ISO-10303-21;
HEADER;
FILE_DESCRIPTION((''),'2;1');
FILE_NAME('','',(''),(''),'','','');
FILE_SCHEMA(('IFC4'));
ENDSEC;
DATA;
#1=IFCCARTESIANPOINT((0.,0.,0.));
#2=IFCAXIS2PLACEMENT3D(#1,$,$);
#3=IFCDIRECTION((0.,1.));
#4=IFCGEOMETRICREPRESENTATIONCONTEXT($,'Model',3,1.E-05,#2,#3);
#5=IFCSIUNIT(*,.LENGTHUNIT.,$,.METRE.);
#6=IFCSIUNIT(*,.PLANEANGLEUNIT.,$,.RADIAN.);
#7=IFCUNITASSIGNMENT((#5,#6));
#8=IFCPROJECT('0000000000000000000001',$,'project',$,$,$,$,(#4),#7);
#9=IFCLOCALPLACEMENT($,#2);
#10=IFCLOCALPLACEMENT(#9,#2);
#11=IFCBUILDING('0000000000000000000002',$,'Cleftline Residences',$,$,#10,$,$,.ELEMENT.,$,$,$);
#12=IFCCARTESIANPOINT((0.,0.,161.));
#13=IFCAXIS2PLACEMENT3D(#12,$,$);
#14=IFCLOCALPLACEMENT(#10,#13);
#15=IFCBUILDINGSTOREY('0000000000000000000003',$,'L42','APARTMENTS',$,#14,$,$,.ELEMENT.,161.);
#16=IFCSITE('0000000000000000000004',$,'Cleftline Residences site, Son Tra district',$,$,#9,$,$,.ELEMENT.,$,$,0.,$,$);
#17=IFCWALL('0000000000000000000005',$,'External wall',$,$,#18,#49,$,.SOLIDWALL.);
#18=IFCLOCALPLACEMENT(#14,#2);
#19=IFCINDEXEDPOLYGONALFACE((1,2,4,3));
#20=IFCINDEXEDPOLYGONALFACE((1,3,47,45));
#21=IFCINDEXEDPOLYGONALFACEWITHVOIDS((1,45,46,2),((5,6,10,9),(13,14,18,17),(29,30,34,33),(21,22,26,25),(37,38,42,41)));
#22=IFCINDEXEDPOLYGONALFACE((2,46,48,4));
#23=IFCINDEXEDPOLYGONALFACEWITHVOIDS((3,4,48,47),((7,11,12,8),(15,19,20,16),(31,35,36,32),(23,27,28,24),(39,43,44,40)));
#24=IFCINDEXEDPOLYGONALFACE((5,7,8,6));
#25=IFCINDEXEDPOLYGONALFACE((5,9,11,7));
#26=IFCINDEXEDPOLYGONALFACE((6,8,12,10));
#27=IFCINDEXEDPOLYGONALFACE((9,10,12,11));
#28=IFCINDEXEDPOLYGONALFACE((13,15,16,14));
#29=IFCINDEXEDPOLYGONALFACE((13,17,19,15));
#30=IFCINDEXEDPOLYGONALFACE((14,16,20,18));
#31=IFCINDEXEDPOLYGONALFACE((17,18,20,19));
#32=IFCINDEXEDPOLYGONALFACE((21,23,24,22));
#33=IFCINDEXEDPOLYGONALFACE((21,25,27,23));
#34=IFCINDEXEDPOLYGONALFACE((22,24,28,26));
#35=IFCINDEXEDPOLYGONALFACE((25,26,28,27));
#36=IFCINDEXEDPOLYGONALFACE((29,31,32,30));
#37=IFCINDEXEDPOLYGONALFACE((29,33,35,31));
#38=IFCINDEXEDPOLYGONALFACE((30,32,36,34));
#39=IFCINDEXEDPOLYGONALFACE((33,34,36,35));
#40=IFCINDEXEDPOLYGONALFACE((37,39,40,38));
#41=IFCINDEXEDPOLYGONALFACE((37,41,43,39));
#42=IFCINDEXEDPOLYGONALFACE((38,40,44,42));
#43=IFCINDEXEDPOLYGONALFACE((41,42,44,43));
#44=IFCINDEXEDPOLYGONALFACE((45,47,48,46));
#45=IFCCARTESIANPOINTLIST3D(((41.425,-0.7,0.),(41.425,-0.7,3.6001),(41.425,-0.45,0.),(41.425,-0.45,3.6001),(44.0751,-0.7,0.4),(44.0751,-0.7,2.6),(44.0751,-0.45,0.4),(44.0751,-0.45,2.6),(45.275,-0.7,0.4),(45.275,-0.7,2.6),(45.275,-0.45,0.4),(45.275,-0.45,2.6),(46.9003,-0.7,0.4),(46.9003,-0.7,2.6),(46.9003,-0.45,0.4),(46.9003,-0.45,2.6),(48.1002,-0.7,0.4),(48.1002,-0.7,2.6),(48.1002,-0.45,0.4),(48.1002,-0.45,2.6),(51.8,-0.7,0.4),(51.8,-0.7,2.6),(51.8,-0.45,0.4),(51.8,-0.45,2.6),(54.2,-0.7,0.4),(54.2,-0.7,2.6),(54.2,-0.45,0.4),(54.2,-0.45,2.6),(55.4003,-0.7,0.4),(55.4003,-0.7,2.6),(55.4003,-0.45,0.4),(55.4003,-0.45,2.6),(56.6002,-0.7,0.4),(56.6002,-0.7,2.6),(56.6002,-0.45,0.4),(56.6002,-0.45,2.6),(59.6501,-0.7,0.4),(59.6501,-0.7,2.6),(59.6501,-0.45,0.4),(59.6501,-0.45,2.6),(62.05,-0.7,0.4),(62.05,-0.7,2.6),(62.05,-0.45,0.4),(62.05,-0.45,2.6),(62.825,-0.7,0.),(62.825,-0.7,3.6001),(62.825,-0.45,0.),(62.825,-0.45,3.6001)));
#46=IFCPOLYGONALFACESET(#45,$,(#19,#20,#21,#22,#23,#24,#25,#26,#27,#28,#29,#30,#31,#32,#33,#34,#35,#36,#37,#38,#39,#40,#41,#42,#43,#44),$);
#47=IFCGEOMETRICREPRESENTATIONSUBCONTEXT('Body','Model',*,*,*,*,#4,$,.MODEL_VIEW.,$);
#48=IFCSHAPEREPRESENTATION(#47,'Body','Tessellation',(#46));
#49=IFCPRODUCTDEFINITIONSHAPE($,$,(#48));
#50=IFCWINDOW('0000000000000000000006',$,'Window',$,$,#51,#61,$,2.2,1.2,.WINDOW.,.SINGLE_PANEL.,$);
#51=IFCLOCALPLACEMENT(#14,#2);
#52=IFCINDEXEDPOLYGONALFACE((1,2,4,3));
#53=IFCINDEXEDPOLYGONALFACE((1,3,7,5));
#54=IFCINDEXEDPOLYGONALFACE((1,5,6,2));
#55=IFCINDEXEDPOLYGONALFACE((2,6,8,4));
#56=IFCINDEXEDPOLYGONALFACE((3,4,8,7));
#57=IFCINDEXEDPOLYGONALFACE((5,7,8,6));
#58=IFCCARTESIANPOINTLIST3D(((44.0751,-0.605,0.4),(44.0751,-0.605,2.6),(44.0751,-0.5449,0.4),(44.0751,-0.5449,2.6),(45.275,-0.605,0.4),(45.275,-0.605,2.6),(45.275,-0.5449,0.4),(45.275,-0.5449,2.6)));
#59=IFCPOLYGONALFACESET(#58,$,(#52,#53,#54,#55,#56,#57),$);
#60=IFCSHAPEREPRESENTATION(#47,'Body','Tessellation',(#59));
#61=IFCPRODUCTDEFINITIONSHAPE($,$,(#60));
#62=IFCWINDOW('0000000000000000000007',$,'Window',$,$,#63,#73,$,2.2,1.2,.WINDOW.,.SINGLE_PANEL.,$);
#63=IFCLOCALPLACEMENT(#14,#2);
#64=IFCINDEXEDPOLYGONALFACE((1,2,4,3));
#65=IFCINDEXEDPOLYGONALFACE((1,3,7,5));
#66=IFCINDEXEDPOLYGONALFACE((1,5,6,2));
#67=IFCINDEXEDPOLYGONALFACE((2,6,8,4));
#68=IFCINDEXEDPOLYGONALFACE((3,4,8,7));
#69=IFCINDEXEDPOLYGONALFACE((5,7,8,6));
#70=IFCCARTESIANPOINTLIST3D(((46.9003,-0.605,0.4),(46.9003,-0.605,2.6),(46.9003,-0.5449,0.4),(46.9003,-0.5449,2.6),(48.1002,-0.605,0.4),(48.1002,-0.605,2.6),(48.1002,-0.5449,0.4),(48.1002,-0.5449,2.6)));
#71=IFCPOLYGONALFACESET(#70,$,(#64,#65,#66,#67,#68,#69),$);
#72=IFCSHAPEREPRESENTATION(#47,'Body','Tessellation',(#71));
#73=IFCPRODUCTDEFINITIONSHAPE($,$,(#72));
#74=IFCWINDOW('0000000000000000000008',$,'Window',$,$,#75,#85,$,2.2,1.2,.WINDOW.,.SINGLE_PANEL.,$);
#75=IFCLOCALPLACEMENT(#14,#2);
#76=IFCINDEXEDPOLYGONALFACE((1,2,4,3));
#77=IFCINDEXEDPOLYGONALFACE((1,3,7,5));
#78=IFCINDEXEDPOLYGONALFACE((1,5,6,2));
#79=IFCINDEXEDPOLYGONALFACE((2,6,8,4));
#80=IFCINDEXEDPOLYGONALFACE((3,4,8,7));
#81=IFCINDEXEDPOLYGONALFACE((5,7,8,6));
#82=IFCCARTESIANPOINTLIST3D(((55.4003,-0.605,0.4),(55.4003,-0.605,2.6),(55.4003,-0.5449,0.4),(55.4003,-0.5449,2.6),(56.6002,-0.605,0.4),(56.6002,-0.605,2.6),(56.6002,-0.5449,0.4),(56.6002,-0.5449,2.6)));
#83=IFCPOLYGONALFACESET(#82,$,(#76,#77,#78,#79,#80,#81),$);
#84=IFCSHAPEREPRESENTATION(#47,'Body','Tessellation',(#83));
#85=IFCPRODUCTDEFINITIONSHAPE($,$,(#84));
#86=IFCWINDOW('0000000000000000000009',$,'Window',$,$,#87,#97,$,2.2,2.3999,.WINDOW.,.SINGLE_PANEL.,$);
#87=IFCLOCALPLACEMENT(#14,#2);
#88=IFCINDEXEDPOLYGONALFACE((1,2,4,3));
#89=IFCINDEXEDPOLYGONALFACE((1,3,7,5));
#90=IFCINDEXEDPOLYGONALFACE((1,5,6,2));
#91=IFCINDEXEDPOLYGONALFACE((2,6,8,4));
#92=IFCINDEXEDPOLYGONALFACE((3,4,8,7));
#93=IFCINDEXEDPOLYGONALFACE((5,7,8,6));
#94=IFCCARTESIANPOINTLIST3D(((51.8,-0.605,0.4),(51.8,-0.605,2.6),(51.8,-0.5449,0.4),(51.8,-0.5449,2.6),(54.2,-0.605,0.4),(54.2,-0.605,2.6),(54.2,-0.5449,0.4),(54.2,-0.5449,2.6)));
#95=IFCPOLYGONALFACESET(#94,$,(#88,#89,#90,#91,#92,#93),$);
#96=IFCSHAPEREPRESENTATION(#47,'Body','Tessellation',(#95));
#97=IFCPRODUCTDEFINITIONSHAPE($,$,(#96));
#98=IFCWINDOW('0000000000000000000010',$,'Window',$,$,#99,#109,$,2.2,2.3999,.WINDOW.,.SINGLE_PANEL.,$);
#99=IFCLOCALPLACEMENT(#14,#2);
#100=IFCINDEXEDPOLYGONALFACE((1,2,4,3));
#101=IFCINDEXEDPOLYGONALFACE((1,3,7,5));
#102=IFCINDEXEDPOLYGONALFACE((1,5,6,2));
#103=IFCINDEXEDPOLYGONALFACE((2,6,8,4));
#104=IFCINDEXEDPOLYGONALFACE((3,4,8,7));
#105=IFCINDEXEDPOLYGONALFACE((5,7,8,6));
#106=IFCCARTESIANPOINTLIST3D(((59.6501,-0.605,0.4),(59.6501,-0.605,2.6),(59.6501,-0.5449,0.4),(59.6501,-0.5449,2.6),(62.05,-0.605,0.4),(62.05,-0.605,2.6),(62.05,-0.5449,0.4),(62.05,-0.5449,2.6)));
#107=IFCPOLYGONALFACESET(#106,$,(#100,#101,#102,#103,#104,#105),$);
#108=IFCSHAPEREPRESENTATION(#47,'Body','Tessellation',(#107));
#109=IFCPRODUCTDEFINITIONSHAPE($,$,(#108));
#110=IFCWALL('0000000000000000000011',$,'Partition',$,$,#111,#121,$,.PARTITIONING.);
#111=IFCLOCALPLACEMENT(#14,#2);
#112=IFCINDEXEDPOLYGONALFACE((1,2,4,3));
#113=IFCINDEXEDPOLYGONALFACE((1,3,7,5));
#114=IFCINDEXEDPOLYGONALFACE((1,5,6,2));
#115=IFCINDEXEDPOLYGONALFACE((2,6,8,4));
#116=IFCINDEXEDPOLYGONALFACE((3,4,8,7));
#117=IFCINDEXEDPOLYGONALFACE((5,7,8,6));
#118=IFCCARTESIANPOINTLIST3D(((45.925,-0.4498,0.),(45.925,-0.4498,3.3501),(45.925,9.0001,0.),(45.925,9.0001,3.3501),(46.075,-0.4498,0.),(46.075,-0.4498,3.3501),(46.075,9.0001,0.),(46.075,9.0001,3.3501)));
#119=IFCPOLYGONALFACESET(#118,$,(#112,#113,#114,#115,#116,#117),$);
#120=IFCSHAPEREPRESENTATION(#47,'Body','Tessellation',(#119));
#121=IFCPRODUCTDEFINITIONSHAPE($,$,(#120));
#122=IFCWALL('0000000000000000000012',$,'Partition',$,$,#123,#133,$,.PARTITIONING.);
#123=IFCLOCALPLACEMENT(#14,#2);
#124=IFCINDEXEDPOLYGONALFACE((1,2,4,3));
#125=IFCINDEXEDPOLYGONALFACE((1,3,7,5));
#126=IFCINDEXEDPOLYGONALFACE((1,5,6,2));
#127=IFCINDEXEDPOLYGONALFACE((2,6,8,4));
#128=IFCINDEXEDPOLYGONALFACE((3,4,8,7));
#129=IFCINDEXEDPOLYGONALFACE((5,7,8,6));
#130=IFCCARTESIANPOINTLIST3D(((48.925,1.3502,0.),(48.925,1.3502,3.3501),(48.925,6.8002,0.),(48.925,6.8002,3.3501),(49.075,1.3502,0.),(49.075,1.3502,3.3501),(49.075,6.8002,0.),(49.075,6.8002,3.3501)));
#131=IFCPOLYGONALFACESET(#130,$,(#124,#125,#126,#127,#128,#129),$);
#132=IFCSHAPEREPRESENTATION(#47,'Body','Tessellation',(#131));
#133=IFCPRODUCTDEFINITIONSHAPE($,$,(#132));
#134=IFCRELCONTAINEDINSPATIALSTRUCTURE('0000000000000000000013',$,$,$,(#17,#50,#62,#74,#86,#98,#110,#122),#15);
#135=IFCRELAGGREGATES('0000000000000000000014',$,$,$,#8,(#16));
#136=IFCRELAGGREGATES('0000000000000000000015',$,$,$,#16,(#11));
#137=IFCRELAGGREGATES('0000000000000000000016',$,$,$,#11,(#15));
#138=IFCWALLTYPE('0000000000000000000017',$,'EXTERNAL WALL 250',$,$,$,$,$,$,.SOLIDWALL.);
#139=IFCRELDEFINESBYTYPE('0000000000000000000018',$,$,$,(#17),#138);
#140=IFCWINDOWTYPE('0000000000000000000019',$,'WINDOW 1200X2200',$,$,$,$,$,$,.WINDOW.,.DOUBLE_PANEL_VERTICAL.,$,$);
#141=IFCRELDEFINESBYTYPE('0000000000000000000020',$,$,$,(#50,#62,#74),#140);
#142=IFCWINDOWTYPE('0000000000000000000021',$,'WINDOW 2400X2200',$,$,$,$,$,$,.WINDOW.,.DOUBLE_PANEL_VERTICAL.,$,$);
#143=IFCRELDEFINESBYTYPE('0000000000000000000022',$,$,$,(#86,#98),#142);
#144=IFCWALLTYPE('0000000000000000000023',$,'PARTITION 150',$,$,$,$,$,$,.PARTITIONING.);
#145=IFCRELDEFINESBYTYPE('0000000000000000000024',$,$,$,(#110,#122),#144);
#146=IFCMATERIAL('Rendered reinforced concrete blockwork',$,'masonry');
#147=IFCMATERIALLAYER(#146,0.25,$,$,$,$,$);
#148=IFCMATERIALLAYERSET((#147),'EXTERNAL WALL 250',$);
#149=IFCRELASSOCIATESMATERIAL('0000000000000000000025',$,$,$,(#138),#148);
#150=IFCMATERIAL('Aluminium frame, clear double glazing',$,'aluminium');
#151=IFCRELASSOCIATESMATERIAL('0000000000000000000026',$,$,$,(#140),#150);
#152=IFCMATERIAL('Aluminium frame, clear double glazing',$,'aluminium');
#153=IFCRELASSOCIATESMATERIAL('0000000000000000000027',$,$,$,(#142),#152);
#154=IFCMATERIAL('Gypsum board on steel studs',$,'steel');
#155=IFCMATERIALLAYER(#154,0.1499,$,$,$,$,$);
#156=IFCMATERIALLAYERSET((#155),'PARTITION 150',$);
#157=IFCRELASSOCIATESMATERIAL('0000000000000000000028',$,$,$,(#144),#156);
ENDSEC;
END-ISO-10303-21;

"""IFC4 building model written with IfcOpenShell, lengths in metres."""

from ifc_helpers import new_model, si_unit, direction, frame, frame_2d, origin, place, context, subcontext, project, spatial, rectangle, extrude, material, layer, layer_set, type_object, element, fill, save


model = new_model("IFC4")

# Units and contexts
model_context = context("Model", 3, precision=1e-05, world=origin(), true_north=direction((0.0, 1.0)))
body_context = subcontext(model_context, "Body", "Model", "MODEL_VIEW")
ifc_project = project(units=[si_unit("LENGTHUNIT", "METRE"), si_unit("PLANEANGLEUNIT", "RADIAN")], contexts=[model_context])

# Site, building, storey
site_placement = place(None, origin())
site = spatial("IfcSite", under=ifc_project, at=site_placement, Name="Cleftline Residences site, Son Tra district", CompositionType="ELEMENT", RefElevation=0.0)
building_placement = place(site_placement, origin())
building = spatial("IfcBuilding", under=site, at=building_placement, Name="Cleftline Residences", CompositionType="ELEMENT")
storey_placement = place(building_placement, frame((0.0, 0.0, 161.0)))
storey = spatial("IfcBuildingStorey", under=building, at=storey_placement, Name="L42", Description="APARTMENTS", CompositionType="ELEMENT", Elevation=161.0)

# Wall, openings, windows
ifc_material_1 = material(Name="Rendered reinforced concrete blockwork", Category="masonry")
ifc_layer_1 = layer(ifc_material_1, 0.25)
ifc_layer_set_1 = layer_set([ifc_layer_1], Name="EXTERNAL WALL 250")
wall_type_1 = type_object("IfcWallType", Name="EXTERNAL WALL 250", PredefinedType="SOLIDWALL", material=ifc_layer_set_1)
wall_1_placement = place(storey_placement, frame((41.425, -0.575, 0.0), z_axis=(0.0, 0.0, 1.0), x_axis=(1.0, 0.0, 0.0)))
wall_1 = element("IfcWall", 1, at=wall_1_placement, inside=storey, type_object=wall_type_1, Name="External wall", PredefinedType="SOLIDWALL", context=body_context, shape_type="SweptSolid", body=[
    extrude(rectangle(XDim=21.3999, YDim=0.25, at=frame_2d((10.7, 0.0))), origin(), (0.0, 0.0, 1.0), 3.6001),
])
opening_1_placement = place(wall_1_placement, frame((2.6499, 0.0, 0.3999)))
opening_1 = element("IfcOpeningElement", 2, at=opening_1_placement, cuts=wall_1, PredefinedType="OPENING", context=body_context, shape_type="SweptSolid", body=[
    extrude(rectangle(XDim=1.2, YDim=2.2, at=frame_2d((0.6001, 1.1001))), frame((0.0, 0.135, 0.0), z_axis=(0.0, -1.0, 0.0), x_axis=(1.0, 0.0, 0.0)), (0.0, 0.0, 1.0), 0.27),
])
opening_2_placement = place(wall_1_placement, frame((5.4751, 0.0, 0.3999)))
opening_2 = element("IfcOpeningElement", 3, at=opening_2_placement, cuts=wall_1, PredefinedType="OPENING", context=body_context, shape_type="SweptSolid", body=[
    extrude(rectangle(XDim=1.2, YDim=2.2, at=frame_2d((0.6001, 1.1001))), frame((0.0, 0.135, 0.0), z_axis=(0.0, -1.0, 0.0), x_axis=(1.0, 0.0, 0.0)), (0.0, 0.0, 1.0), 0.27),
])
opening_3_placement = place(wall_1_placement, frame((10.375, 0.0, 0.3999)))
opening_3 = element("IfcOpeningElement", 4, at=opening_3_placement, cuts=wall_1, PredefinedType="OPENING", context=body_context, shape_type="SweptSolid", body=[
    extrude(rectangle(XDim=2.3999, YDim=2.2, at=frame_2d((1.2, 1.1001))), frame((0.0, 0.135, 0.0), z_axis=(0.0, -1.0, 0.0), x_axis=(1.0, 0.0, 0.0)), (0.0, 0.0, 1.0), 0.27),
])
opening_4_placement = place(wall_1_placement, frame((13.9751, 0.0, 0.3999)))
opening_4 = element("IfcOpeningElement", 5, at=opening_4_placement, cuts=wall_1, PredefinedType="OPENING", context=body_context, shape_type="SweptSolid", body=[
    extrude(rectangle(XDim=1.2, YDim=2.2, at=frame_2d((0.6001, 1.1001))), frame((0.0, 0.135, 0.0), z_axis=(0.0, -1.0, 0.0), x_axis=(1.0, 0.0, 0.0)), (0.0, 0.0, 1.0), 0.27),
])
opening_5_placement = place(wall_1_placement, frame((18.2251, 0.0, 0.3999)))
opening_5 = element("IfcOpeningElement", 6, at=opening_5_placement, cuts=wall_1, PredefinedType="OPENING", context=body_context, shape_type="SweptSolid", body=[
    extrude(rectangle(XDim=2.3999, YDim=2.2, at=frame_2d((1.2, 1.1001))), frame((0.0, 0.135, 0.0), z_axis=(0.0, -1.0, 0.0), x_axis=(1.0, 0.0, 0.0)), (0.0, 0.0, 1.0), 0.27),
])
ifc_material_2 = material(Name="Aluminium frame, clear double glazing", Category="aluminium")
window_type_1 = type_object("IfcWindowType", Name="WINDOW 1200X2200", PartitioningType="DOUBLE_PANEL_VERTICAL", PredefinedType="WINDOW", material=ifc_material_2)
window_1_placement = place(opening_1_placement, origin())
window_1 = element("IfcWindow", 7, at=window_1_placement, inside=storey, type_object=window_type_1, Name="Window", OverallHeight=2.2, OverallWidth=1.2, PartitioningType="SINGLE_PANEL", PredefinedType="WINDOW", context=body_context, shape_type="SweptSolid", body=[
    extrude(rectangle(XDim=1.2, YDim=2.2, at=frame_2d((0.6001, 1.1001))), frame((0.0, 0.03, 0.0), z_axis=(0.0, -1.0, 0.0), x_axis=(1.0, 0.0, 0.0)), (0.0, 0.0, 1.0), 0.0601),
])
fill(opening_1, window_1)
window_2_placement = place(opening_2_placement, origin())
window_2 = element("IfcWindow", 8, at=window_2_placement, inside=storey, type_object=window_type_1, Name="Window", OverallHeight=2.2, OverallWidth=1.2, PartitioningType="SINGLE_PANEL", PredefinedType="WINDOW", context=body_context, shape_type="SweptSolid", body=[
    extrude(rectangle(XDim=1.2, YDim=2.2, at=frame_2d((0.6001, 1.1001))), frame((0.0, 0.03, 0.0), z_axis=(0.0, -1.0, 0.0), x_axis=(1.0, 0.0, 0.0)), (0.0, 0.0, 1.0), 0.0601),
])
fill(opening_2, window_2)
window_3_placement = place(opening_4_placement, origin())
window_3 = element("IfcWindow", 9, at=window_3_placement, inside=storey, type_object=window_type_1, Name="Window", OverallHeight=2.2, OverallWidth=1.2, PartitioningType="SINGLE_PANEL", PredefinedType="WINDOW", context=body_context, shape_type="SweptSolid", body=[
    extrude(rectangle(XDim=1.2, YDim=2.2, at=frame_2d((0.6001, 1.1001))), frame((0.0, 0.03, 0.0), z_axis=(0.0, -1.0, 0.0), x_axis=(1.0, 0.0, 0.0)), (0.0, 0.0, 1.0), 0.0601),
])
fill(opening_4, window_3)
ifc_material_3 = material(Name="Aluminium frame, clear double glazing", Category="aluminium")
window_type_2 = type_object("IfcWindowType", Name="WINDOW 2400X2200", PartitioningType="DOUBLE_PANEL_VERTICAL", PredefinedType="WINDOW", material=ifc_material_3)
window_4_placement = place(opening_3_placement, origin())
window_4 = element("IfcWindow", 10, at=window_4_placement, inside=storey, type_object=window_type_2, Name="Window", OverallHeight=2.2, OverallWidth=2.3999, PartitioningType="SINGLE_PANEL", PredefinedType="WINDOW", context=body_context, shape_type="SweptSolid", body=[
    extrude(rectangle(XDim=2.3999, YDim=2.2, at=frame_2d((1.2, 1.1001))), frame((0.0, 0.03, 0.0), z_axis=(0.0, -1.0, 0.0), x_axis=(1.0, 0.0, 0.0)), (0.0, 0.0, 1.0), 0.0601),
])
fill(opening_3, window_4)
window_5_placement = place(opening_5_placement, origin())
window_5 = element("IfcWindow", 11, at=window_5_placement, inside=storey, type_object=window_type_2, Name="Window", OverallHeight=2.2, OverallWidth=2.3999, PartitioningType="SINGLE_PANEL", PredefinedType="WINDOW", context=body_context, shape_type="SweptSolid", body=[
    extrude(rectangle(XDim=2.3999, YDim=2.2, at=frame_2d((1.2, 1.1001))), frame((0.0, 0.03, 0.0), z_axis=(0.0, -1.0, 0.0), x_axis=(1.0, 0.0, 0.0)), (0.0, 0.0, 1.0), 0.0601),
])
fill(opening_5, window_5)

# Walls
ifc_material_4 = material(Name="Gypsum board on steel studs", Category="steel")
ifc_layer_2 = layer(ifc_material_4, 0.1499)
ifc_layer_set_2 = layer_set([ifc_layer_2], Name="PARTITION 150")
wall_type_2 = type_object("IfcWallType", Name="PARTITION 150", PredefinedType="PARTITIONING", material=ifc_layer_set_2)
wall_2_placement = place(storey_placement, frame((46.0, -0.45, 0.0), z_axis=(0.0, 0.0, 1.0), x_axis=(0.0, 1.0, 0.0)))
element("IfcWall", 12, at=wall_2_placement, inside=storey, type_object=wall_type_2, Name="Partition", PredefinedType="PARTITIONING", context=body_context, shape_type="SweptSolid", body=[
    extrude(rectangle(XDim=9.45, YDim=0.1499, at=frame_2d((4.7251, 0.0))), origin(), (0.0, 0.0, 1.0), 3.3501),
])
wall_3_placement = place(storey_placement, frame((49.0, 1.3501, 0.0), z_axis=(0.0, 0.0, 1.0), x_axis=(0.0, 1.0, 0.0)))
element("IfcWall", 13, at=wall_3_placement, inside=storey, type_object=wall_type_2, Name="Partition", PredefinedType="PARTITIONING", context=body_context, shape_type="SweptSolid", body=[
    extrude(rectangle(XDim=5.45, YDim=0.1499, at=frame_2d((2.7251, 0.0))), origin(), (0.0, 0.0, 1.0), 3.3501),
])

save(model, "model.ifc")
